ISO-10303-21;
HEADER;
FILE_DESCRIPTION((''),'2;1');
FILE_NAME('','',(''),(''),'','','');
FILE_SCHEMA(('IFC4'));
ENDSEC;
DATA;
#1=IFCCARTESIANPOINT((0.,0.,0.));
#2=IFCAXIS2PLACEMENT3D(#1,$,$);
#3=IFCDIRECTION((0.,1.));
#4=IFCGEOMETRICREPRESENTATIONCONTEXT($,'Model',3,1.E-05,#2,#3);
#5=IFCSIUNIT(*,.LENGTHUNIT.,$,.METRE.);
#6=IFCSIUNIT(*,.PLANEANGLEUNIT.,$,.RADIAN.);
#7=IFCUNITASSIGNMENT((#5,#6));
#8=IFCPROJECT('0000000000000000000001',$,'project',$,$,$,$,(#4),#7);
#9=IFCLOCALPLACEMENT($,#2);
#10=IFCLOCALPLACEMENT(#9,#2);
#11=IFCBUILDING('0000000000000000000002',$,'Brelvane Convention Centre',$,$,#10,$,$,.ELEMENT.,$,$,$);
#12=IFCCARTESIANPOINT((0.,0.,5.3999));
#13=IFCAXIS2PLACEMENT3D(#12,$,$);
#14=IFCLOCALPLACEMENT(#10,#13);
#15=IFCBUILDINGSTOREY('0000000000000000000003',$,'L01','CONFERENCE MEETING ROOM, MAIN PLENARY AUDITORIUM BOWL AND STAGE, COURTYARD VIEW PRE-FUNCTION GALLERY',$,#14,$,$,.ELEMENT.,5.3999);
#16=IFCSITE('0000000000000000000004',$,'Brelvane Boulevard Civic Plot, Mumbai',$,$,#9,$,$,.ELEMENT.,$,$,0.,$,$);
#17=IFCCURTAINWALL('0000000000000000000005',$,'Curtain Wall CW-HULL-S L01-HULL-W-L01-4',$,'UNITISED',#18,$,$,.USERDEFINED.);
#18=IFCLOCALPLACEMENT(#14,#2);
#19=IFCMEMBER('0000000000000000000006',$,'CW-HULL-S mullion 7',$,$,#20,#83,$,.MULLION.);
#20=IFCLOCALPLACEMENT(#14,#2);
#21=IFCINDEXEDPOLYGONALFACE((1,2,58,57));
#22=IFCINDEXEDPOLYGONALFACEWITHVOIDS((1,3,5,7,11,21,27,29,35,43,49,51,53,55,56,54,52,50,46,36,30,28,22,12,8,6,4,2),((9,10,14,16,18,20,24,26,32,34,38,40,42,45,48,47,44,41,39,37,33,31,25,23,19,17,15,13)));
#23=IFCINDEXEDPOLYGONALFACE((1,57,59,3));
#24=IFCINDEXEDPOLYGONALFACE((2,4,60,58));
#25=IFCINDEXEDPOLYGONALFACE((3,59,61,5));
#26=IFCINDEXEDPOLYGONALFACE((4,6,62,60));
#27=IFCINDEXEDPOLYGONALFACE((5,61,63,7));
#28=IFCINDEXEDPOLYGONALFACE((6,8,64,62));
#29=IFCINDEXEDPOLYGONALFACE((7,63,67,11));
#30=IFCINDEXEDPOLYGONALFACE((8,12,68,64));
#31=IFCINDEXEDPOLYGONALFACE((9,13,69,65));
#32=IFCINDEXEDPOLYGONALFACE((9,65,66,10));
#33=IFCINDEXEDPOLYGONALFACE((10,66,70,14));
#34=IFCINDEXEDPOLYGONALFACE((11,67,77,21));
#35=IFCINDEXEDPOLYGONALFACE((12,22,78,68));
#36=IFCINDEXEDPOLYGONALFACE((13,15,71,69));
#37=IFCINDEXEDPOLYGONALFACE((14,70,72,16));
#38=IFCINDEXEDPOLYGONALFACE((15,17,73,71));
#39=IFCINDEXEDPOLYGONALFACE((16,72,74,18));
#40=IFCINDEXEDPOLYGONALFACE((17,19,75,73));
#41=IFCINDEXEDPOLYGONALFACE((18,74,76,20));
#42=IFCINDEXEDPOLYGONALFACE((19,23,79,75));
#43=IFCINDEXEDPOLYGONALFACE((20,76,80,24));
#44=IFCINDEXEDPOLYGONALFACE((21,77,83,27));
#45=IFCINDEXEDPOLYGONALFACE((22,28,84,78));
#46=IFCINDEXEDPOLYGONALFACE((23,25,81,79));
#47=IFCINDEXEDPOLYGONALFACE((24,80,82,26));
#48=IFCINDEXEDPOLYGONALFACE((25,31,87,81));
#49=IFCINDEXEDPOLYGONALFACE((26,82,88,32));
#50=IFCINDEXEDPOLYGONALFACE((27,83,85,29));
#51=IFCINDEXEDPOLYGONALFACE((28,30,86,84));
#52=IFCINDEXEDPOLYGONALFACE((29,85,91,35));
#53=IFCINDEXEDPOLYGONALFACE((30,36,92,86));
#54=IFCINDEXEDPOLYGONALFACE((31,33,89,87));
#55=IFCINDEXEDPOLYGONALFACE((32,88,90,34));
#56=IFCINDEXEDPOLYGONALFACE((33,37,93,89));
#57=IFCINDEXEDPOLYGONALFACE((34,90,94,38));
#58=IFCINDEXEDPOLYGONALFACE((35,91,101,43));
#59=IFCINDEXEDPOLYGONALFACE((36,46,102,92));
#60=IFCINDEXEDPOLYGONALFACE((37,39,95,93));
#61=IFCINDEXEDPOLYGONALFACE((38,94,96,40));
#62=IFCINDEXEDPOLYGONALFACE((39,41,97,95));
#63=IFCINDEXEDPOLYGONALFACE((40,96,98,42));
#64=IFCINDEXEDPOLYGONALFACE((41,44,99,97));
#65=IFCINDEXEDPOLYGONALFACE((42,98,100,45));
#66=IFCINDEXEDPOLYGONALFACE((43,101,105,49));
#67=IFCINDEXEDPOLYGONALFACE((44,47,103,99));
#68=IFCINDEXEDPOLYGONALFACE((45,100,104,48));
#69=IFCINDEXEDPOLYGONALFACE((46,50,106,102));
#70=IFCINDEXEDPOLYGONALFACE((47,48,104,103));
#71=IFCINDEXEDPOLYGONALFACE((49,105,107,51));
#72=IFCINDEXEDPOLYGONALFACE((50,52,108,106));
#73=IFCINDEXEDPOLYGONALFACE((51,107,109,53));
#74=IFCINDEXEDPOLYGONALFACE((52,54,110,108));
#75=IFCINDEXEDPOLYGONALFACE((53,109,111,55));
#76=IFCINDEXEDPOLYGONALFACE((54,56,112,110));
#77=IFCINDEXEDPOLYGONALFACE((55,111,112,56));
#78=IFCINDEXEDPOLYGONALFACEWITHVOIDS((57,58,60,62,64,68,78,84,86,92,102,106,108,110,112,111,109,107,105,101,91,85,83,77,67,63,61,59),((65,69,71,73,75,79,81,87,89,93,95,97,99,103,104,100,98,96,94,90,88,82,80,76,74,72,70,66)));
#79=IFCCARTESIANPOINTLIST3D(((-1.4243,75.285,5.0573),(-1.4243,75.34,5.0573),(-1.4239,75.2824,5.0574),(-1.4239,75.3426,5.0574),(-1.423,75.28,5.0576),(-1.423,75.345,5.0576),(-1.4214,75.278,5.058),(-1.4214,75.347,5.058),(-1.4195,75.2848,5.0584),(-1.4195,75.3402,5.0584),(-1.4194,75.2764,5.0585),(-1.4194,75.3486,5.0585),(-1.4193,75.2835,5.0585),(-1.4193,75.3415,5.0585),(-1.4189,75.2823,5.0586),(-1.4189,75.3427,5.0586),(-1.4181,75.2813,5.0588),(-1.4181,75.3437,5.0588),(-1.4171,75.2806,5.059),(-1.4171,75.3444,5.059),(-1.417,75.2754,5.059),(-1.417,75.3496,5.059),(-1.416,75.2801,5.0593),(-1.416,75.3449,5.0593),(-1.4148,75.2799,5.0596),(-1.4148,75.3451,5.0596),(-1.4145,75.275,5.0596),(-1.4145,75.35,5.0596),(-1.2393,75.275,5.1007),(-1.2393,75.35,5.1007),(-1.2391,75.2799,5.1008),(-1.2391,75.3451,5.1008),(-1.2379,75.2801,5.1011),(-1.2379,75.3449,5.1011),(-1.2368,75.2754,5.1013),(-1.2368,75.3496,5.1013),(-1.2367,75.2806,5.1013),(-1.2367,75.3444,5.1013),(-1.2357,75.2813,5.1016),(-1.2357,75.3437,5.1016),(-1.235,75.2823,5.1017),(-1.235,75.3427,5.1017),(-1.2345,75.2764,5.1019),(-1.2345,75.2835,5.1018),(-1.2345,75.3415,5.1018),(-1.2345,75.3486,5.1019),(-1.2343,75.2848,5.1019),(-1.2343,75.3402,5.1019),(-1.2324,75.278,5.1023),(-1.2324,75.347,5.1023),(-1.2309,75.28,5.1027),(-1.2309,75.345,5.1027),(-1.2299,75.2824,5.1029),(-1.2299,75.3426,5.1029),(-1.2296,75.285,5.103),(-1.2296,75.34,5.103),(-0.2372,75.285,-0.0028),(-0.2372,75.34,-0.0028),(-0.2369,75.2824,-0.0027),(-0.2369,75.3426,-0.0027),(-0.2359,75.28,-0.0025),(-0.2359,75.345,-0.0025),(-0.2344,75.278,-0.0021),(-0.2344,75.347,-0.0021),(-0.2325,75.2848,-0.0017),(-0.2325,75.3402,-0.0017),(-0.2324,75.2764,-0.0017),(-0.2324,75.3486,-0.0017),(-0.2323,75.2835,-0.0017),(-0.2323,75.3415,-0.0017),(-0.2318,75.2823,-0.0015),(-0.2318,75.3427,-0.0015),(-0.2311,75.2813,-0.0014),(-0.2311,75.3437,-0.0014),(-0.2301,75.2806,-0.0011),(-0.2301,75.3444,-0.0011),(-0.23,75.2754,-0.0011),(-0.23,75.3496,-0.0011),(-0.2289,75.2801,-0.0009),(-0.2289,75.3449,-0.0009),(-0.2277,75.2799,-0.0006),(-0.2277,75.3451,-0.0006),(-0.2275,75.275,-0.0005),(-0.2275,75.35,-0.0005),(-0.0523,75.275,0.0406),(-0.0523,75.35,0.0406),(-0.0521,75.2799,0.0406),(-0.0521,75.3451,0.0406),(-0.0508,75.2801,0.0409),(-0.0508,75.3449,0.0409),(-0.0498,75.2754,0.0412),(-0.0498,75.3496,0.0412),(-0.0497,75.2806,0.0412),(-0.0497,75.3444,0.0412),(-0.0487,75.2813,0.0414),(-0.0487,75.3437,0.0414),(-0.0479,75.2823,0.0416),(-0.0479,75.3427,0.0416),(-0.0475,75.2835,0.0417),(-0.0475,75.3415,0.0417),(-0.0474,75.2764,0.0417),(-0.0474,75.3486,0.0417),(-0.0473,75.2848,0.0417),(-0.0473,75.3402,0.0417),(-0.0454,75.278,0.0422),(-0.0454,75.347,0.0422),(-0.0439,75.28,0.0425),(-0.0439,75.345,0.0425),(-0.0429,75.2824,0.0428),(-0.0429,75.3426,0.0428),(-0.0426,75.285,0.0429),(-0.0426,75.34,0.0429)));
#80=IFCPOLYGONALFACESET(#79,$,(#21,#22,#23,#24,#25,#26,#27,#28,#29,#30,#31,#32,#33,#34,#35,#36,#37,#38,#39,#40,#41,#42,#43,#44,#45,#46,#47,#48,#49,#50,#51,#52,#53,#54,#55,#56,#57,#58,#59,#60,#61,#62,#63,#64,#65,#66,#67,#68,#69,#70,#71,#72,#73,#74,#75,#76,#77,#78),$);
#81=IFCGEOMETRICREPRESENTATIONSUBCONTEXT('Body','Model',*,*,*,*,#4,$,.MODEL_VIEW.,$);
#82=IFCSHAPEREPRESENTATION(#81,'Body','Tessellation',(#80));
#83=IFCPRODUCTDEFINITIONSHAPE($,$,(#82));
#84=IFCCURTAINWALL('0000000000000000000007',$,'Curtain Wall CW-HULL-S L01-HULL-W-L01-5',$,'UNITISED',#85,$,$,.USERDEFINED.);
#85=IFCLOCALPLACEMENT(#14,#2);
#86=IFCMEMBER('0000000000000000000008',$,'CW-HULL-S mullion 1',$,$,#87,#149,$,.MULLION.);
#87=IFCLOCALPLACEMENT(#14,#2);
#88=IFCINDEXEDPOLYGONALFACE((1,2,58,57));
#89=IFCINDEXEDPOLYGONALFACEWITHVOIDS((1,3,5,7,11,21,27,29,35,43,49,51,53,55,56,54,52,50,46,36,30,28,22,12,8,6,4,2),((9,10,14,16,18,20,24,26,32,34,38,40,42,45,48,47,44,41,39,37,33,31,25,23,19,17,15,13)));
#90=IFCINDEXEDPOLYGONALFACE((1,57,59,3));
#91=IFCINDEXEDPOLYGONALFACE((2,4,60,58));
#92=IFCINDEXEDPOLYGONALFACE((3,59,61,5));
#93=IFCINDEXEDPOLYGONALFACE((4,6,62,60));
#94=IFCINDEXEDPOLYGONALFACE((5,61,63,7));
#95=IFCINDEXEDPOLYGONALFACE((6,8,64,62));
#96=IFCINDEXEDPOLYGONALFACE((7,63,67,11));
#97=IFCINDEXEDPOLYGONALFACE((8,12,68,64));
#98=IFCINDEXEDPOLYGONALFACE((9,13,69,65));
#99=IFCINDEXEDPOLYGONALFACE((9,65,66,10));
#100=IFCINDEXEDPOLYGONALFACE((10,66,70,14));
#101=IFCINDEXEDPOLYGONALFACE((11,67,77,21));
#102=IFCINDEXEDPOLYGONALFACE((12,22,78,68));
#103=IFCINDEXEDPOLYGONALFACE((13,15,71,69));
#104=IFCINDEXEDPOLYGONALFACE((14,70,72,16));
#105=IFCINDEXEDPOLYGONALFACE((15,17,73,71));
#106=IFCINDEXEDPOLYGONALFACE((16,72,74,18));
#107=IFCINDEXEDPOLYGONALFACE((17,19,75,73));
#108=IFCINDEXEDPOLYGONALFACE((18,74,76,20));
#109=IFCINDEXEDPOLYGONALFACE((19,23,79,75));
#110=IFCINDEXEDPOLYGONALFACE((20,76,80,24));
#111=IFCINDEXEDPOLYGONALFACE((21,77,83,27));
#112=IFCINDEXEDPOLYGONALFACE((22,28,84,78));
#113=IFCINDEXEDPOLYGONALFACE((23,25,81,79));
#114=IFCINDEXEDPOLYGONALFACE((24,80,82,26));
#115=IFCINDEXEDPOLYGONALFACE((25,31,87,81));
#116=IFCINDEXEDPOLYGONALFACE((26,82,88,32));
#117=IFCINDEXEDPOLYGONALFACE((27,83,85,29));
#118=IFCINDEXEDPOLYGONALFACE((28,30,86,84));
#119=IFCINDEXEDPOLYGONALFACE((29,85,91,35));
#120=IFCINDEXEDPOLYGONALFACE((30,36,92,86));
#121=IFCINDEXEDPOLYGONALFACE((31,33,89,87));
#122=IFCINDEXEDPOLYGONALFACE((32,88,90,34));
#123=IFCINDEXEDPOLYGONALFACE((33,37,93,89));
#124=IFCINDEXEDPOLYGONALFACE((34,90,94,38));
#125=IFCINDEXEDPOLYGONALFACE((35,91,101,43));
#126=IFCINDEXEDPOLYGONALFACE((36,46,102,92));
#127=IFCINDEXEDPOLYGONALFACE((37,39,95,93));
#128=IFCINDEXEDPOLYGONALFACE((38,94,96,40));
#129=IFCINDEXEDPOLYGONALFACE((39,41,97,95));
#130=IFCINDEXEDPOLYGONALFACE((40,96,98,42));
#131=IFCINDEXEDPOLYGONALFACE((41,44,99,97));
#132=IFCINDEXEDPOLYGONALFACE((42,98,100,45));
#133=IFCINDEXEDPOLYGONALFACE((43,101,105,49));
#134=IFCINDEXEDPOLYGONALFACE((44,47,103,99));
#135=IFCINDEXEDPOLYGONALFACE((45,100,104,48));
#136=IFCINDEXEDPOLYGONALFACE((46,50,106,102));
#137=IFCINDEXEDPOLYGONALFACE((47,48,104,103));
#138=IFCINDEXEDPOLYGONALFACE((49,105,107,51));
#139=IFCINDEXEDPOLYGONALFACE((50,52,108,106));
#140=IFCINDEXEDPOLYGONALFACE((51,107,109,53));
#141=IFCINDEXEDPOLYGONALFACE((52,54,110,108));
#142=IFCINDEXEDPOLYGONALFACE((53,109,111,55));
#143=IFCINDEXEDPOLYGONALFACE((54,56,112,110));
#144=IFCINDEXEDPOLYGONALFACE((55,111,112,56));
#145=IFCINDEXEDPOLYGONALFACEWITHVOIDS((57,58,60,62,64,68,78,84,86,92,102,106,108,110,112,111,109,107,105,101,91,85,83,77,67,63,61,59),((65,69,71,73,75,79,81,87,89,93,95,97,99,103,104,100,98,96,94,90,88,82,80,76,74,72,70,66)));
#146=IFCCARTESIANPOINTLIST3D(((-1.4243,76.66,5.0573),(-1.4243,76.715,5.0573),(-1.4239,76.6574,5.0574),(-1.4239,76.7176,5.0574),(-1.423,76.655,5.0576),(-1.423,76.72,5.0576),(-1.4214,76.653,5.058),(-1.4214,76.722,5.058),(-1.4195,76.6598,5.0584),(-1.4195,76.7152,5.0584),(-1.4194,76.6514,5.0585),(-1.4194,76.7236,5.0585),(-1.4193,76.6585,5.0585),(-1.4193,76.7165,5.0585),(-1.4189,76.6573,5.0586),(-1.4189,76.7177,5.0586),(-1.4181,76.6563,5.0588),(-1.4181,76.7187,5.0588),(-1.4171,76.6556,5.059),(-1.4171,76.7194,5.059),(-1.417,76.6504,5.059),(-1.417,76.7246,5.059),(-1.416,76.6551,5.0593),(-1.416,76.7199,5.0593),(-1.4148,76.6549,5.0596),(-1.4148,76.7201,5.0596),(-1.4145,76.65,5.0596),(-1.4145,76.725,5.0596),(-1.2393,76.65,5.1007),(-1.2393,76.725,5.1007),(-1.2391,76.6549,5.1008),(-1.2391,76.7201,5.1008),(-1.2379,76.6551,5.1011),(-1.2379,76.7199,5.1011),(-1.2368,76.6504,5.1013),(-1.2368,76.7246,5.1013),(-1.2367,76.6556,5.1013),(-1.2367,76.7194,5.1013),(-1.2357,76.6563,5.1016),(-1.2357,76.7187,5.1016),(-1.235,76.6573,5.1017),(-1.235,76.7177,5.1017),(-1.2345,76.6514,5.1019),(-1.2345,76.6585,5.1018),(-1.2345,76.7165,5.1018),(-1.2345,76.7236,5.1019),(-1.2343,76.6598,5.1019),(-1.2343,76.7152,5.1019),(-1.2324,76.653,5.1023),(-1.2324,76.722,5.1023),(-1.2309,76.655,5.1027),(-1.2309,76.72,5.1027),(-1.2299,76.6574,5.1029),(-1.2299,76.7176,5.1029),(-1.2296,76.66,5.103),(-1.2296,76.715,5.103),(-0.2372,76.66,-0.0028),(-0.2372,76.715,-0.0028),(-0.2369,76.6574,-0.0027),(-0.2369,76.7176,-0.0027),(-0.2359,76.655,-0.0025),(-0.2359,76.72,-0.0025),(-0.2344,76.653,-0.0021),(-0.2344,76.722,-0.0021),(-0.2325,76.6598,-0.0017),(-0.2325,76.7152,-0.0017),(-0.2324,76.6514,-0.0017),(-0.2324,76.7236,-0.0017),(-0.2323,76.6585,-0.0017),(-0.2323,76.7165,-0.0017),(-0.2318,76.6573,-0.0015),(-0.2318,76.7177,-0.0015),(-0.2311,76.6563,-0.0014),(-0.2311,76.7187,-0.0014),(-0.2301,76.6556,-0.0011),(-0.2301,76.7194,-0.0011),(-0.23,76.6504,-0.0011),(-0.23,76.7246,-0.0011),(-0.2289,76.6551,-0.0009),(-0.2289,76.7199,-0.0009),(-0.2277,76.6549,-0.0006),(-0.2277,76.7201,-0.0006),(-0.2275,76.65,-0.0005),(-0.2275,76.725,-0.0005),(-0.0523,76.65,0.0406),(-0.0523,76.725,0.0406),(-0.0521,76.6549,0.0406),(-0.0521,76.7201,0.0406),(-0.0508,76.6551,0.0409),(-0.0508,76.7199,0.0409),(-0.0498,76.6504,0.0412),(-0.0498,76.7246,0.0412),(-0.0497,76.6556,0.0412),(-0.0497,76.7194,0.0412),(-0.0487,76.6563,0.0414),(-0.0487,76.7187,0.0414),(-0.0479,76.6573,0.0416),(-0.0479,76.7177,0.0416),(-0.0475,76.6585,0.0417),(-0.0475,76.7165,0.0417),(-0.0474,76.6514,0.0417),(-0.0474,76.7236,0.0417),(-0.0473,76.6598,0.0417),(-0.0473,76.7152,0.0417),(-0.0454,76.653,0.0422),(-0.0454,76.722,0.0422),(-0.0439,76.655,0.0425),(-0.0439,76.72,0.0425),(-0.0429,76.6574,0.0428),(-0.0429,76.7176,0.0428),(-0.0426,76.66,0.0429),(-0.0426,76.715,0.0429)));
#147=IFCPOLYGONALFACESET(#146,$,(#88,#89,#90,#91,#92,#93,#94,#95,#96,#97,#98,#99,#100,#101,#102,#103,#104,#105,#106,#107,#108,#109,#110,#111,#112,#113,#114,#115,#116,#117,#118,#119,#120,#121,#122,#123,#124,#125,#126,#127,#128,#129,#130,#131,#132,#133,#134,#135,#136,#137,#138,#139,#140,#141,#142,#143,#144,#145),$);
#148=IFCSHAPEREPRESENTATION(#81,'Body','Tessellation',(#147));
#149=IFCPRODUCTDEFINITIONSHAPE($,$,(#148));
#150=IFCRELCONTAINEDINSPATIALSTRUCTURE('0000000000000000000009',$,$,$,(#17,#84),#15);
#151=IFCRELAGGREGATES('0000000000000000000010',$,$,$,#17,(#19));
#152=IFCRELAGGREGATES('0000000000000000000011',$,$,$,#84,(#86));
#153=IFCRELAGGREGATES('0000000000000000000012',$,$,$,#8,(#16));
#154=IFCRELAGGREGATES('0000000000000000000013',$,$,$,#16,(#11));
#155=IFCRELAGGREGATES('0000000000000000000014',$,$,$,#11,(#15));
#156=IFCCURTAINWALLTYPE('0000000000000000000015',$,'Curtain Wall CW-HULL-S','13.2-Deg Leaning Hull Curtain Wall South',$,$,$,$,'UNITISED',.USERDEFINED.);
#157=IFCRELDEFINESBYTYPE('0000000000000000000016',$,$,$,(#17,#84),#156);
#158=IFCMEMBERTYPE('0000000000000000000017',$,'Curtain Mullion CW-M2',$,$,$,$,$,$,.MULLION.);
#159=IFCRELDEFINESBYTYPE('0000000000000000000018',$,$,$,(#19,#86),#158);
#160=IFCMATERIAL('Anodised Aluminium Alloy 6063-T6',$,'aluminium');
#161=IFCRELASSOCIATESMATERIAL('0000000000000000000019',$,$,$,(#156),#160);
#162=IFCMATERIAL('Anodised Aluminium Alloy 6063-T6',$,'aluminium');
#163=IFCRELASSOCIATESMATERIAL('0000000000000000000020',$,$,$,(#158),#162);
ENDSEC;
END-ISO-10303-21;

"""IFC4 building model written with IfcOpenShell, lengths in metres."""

from ifc_helpers import new_model, si_unit, direction, frame, origin, origin_2d, place, context, subcontext, project, spatial, hollow_rectangle, extrude, material, material_profile, profile_set, type_object, element, aggregate, save


model = new_model("IFC4")

# Units and contexts
model_context = context("Model", 3, precision=1e-05, world=origin(), true_north=direction((0.0, 1.0)))
body_context = subcontext(model_context, "Body", "Model", "MODEL_VIEW")
ifc_project = project(units=[si_unit("LENGTHUNIT", "METRE"), si_unit("PLANEANGLEUNIT", "RADIAN")], contexts=[model_context])

# Site, building, storey
site_placement = place(None, origin())
site = spatial("IfcSite", under=ifc_project, at=site_placement, Name="Brelvane Boulevard Civic Plot, Mumbai", CompositionType="ELEMENT", RefElevation=0.0)
building_placement = place(site_placement, origin())
building = spatial("IfcBuilding", under=site, at=building_placement, Name="Brelvane Convention Centre", CompositionType="ELEMENT")
storey_placement = place(building_placement, frame((0.0, 0.0, 5.3999)))
storey = spatial("IfcBuildingStorey", under=building, at=storey_placement, Name="L01", Description="CONFERENCE MEETING ROOM, MAIN PLENARY AUDITORIUM BOWL AND STAGE, COURTYARD VIEW PRE-FUNCTION GALLERY", CompositionType="ELEMENT", Elevation=5.3999)

# Curtain walls, members
ifc_material_1 = material(Name="Anodised Aluminium Alloy 6063-T6", Category="aluminium")
curtain_wall_type = type_object("IfcCurtainWallType", Name="Curtain Wall CW-HULL-S", Description="13.2-Deg Leaning Hull Curtain Wall South", ElementType="UNITISED", PredefinedType="USERDEFINED", material=ifc_material_1)
curtain_wall_1_placement = place(storey_placement, origin())
curtain_wall_1 = element("IfcCurtainWall", 1, at=curtain_wall_1_placement, inside=storey, type_object=curtain_wall_type, Name="Curtain Wall CW-HULL-S L01-HULL-W-L01-4", ObjectType="UNITISED", PredefinedType="USERDEFINED")
ifc_material_2 = material(Name="Anodised Aluminium Alloy 6063-T6", Category="aluminium")
ifc_material_profile_1 = material_profile(ifc_material_2, hollow_rectangle(XDim=0.075, YDim=0.2, WallThickness=0.0049, InnerFilletRadius=0.0049, OuterFilletRadius=0.01, at=origin_2d()), Name="ALU-M 200x75x5.0")
ifc_profile_set_1 = profile_set([ifc_material_profile_1], Name="Anodised Aluminium Alloy 6063-T6")
member_type_1 = type_object("IfcMemberType", Name="Curtain Mullion CW-M2", PredefinedType="MULLION", material=ifc_profile_set_1)
member_1_placement = place(storey_placement, frame((-0.1399, 75.3125, 0.02), z_axis=(-0.228385, 0.0, 0.973571), x_axis=(0.0, -1.0, 0.0)))
member_1 = element("IfcMember", 2, at=member_1_placement, type_object=member_type_1, Name="CW-HULL-S mullion 7", PredefinedType="MULLION", context=body_context, shape_type="SweptSolid", body=[
    extrude(hollow_rectangle(XDim=0.075, YDim=0.2, WallThickness=0.0049, InnerFilletRadius=0.0049, OuterFilletRadius=0.01, at=origin_2d()), origin(), (0.0, 0.0, 1.0), 5.1975),
])
curtain_wall_2_placement = place(storey_placement, origin())
curtain_wall_2 = element("IfcCurtainWall", 3, at=curtain_wall_2_placement, inside=storey, type_object=curtain_wall_type, Name="Curtain Wall CW-HULL-S L01-HULL-W-L01-5", ObjectType="UNITISED", PredefinedType="USERDEFINED")
member_2_placement = place(storey_placement, frame((-0.1399, 76.6875, 0.02), z_axis=(-0.228385, 0.0, 0.973571), x_axis=(0.0, -1.0, 0.0)))
member_2 = element("IfcMember", 4, at=member_2_placement, type_object=member_type_1, Name="CW-HULL-S mullion 1", PredefinedType="MULLION", context=body_context, shape_type="SweptSolid", body=[
    extrude(hollow_rectangle(XDim=0.075, YDim=0.2, WallThickness=0.0049, InnerFilletRadius=0.0049, OuterFilletRadius=0.01, at=origin_2d()), origin(), (0.0, 0.0, 1.0), 5.1975),
])

aggregate(curtain_wall_1, [member_1])
aggregate(curtain_wall_2, [member_2])

save(model, "model.ifc")
